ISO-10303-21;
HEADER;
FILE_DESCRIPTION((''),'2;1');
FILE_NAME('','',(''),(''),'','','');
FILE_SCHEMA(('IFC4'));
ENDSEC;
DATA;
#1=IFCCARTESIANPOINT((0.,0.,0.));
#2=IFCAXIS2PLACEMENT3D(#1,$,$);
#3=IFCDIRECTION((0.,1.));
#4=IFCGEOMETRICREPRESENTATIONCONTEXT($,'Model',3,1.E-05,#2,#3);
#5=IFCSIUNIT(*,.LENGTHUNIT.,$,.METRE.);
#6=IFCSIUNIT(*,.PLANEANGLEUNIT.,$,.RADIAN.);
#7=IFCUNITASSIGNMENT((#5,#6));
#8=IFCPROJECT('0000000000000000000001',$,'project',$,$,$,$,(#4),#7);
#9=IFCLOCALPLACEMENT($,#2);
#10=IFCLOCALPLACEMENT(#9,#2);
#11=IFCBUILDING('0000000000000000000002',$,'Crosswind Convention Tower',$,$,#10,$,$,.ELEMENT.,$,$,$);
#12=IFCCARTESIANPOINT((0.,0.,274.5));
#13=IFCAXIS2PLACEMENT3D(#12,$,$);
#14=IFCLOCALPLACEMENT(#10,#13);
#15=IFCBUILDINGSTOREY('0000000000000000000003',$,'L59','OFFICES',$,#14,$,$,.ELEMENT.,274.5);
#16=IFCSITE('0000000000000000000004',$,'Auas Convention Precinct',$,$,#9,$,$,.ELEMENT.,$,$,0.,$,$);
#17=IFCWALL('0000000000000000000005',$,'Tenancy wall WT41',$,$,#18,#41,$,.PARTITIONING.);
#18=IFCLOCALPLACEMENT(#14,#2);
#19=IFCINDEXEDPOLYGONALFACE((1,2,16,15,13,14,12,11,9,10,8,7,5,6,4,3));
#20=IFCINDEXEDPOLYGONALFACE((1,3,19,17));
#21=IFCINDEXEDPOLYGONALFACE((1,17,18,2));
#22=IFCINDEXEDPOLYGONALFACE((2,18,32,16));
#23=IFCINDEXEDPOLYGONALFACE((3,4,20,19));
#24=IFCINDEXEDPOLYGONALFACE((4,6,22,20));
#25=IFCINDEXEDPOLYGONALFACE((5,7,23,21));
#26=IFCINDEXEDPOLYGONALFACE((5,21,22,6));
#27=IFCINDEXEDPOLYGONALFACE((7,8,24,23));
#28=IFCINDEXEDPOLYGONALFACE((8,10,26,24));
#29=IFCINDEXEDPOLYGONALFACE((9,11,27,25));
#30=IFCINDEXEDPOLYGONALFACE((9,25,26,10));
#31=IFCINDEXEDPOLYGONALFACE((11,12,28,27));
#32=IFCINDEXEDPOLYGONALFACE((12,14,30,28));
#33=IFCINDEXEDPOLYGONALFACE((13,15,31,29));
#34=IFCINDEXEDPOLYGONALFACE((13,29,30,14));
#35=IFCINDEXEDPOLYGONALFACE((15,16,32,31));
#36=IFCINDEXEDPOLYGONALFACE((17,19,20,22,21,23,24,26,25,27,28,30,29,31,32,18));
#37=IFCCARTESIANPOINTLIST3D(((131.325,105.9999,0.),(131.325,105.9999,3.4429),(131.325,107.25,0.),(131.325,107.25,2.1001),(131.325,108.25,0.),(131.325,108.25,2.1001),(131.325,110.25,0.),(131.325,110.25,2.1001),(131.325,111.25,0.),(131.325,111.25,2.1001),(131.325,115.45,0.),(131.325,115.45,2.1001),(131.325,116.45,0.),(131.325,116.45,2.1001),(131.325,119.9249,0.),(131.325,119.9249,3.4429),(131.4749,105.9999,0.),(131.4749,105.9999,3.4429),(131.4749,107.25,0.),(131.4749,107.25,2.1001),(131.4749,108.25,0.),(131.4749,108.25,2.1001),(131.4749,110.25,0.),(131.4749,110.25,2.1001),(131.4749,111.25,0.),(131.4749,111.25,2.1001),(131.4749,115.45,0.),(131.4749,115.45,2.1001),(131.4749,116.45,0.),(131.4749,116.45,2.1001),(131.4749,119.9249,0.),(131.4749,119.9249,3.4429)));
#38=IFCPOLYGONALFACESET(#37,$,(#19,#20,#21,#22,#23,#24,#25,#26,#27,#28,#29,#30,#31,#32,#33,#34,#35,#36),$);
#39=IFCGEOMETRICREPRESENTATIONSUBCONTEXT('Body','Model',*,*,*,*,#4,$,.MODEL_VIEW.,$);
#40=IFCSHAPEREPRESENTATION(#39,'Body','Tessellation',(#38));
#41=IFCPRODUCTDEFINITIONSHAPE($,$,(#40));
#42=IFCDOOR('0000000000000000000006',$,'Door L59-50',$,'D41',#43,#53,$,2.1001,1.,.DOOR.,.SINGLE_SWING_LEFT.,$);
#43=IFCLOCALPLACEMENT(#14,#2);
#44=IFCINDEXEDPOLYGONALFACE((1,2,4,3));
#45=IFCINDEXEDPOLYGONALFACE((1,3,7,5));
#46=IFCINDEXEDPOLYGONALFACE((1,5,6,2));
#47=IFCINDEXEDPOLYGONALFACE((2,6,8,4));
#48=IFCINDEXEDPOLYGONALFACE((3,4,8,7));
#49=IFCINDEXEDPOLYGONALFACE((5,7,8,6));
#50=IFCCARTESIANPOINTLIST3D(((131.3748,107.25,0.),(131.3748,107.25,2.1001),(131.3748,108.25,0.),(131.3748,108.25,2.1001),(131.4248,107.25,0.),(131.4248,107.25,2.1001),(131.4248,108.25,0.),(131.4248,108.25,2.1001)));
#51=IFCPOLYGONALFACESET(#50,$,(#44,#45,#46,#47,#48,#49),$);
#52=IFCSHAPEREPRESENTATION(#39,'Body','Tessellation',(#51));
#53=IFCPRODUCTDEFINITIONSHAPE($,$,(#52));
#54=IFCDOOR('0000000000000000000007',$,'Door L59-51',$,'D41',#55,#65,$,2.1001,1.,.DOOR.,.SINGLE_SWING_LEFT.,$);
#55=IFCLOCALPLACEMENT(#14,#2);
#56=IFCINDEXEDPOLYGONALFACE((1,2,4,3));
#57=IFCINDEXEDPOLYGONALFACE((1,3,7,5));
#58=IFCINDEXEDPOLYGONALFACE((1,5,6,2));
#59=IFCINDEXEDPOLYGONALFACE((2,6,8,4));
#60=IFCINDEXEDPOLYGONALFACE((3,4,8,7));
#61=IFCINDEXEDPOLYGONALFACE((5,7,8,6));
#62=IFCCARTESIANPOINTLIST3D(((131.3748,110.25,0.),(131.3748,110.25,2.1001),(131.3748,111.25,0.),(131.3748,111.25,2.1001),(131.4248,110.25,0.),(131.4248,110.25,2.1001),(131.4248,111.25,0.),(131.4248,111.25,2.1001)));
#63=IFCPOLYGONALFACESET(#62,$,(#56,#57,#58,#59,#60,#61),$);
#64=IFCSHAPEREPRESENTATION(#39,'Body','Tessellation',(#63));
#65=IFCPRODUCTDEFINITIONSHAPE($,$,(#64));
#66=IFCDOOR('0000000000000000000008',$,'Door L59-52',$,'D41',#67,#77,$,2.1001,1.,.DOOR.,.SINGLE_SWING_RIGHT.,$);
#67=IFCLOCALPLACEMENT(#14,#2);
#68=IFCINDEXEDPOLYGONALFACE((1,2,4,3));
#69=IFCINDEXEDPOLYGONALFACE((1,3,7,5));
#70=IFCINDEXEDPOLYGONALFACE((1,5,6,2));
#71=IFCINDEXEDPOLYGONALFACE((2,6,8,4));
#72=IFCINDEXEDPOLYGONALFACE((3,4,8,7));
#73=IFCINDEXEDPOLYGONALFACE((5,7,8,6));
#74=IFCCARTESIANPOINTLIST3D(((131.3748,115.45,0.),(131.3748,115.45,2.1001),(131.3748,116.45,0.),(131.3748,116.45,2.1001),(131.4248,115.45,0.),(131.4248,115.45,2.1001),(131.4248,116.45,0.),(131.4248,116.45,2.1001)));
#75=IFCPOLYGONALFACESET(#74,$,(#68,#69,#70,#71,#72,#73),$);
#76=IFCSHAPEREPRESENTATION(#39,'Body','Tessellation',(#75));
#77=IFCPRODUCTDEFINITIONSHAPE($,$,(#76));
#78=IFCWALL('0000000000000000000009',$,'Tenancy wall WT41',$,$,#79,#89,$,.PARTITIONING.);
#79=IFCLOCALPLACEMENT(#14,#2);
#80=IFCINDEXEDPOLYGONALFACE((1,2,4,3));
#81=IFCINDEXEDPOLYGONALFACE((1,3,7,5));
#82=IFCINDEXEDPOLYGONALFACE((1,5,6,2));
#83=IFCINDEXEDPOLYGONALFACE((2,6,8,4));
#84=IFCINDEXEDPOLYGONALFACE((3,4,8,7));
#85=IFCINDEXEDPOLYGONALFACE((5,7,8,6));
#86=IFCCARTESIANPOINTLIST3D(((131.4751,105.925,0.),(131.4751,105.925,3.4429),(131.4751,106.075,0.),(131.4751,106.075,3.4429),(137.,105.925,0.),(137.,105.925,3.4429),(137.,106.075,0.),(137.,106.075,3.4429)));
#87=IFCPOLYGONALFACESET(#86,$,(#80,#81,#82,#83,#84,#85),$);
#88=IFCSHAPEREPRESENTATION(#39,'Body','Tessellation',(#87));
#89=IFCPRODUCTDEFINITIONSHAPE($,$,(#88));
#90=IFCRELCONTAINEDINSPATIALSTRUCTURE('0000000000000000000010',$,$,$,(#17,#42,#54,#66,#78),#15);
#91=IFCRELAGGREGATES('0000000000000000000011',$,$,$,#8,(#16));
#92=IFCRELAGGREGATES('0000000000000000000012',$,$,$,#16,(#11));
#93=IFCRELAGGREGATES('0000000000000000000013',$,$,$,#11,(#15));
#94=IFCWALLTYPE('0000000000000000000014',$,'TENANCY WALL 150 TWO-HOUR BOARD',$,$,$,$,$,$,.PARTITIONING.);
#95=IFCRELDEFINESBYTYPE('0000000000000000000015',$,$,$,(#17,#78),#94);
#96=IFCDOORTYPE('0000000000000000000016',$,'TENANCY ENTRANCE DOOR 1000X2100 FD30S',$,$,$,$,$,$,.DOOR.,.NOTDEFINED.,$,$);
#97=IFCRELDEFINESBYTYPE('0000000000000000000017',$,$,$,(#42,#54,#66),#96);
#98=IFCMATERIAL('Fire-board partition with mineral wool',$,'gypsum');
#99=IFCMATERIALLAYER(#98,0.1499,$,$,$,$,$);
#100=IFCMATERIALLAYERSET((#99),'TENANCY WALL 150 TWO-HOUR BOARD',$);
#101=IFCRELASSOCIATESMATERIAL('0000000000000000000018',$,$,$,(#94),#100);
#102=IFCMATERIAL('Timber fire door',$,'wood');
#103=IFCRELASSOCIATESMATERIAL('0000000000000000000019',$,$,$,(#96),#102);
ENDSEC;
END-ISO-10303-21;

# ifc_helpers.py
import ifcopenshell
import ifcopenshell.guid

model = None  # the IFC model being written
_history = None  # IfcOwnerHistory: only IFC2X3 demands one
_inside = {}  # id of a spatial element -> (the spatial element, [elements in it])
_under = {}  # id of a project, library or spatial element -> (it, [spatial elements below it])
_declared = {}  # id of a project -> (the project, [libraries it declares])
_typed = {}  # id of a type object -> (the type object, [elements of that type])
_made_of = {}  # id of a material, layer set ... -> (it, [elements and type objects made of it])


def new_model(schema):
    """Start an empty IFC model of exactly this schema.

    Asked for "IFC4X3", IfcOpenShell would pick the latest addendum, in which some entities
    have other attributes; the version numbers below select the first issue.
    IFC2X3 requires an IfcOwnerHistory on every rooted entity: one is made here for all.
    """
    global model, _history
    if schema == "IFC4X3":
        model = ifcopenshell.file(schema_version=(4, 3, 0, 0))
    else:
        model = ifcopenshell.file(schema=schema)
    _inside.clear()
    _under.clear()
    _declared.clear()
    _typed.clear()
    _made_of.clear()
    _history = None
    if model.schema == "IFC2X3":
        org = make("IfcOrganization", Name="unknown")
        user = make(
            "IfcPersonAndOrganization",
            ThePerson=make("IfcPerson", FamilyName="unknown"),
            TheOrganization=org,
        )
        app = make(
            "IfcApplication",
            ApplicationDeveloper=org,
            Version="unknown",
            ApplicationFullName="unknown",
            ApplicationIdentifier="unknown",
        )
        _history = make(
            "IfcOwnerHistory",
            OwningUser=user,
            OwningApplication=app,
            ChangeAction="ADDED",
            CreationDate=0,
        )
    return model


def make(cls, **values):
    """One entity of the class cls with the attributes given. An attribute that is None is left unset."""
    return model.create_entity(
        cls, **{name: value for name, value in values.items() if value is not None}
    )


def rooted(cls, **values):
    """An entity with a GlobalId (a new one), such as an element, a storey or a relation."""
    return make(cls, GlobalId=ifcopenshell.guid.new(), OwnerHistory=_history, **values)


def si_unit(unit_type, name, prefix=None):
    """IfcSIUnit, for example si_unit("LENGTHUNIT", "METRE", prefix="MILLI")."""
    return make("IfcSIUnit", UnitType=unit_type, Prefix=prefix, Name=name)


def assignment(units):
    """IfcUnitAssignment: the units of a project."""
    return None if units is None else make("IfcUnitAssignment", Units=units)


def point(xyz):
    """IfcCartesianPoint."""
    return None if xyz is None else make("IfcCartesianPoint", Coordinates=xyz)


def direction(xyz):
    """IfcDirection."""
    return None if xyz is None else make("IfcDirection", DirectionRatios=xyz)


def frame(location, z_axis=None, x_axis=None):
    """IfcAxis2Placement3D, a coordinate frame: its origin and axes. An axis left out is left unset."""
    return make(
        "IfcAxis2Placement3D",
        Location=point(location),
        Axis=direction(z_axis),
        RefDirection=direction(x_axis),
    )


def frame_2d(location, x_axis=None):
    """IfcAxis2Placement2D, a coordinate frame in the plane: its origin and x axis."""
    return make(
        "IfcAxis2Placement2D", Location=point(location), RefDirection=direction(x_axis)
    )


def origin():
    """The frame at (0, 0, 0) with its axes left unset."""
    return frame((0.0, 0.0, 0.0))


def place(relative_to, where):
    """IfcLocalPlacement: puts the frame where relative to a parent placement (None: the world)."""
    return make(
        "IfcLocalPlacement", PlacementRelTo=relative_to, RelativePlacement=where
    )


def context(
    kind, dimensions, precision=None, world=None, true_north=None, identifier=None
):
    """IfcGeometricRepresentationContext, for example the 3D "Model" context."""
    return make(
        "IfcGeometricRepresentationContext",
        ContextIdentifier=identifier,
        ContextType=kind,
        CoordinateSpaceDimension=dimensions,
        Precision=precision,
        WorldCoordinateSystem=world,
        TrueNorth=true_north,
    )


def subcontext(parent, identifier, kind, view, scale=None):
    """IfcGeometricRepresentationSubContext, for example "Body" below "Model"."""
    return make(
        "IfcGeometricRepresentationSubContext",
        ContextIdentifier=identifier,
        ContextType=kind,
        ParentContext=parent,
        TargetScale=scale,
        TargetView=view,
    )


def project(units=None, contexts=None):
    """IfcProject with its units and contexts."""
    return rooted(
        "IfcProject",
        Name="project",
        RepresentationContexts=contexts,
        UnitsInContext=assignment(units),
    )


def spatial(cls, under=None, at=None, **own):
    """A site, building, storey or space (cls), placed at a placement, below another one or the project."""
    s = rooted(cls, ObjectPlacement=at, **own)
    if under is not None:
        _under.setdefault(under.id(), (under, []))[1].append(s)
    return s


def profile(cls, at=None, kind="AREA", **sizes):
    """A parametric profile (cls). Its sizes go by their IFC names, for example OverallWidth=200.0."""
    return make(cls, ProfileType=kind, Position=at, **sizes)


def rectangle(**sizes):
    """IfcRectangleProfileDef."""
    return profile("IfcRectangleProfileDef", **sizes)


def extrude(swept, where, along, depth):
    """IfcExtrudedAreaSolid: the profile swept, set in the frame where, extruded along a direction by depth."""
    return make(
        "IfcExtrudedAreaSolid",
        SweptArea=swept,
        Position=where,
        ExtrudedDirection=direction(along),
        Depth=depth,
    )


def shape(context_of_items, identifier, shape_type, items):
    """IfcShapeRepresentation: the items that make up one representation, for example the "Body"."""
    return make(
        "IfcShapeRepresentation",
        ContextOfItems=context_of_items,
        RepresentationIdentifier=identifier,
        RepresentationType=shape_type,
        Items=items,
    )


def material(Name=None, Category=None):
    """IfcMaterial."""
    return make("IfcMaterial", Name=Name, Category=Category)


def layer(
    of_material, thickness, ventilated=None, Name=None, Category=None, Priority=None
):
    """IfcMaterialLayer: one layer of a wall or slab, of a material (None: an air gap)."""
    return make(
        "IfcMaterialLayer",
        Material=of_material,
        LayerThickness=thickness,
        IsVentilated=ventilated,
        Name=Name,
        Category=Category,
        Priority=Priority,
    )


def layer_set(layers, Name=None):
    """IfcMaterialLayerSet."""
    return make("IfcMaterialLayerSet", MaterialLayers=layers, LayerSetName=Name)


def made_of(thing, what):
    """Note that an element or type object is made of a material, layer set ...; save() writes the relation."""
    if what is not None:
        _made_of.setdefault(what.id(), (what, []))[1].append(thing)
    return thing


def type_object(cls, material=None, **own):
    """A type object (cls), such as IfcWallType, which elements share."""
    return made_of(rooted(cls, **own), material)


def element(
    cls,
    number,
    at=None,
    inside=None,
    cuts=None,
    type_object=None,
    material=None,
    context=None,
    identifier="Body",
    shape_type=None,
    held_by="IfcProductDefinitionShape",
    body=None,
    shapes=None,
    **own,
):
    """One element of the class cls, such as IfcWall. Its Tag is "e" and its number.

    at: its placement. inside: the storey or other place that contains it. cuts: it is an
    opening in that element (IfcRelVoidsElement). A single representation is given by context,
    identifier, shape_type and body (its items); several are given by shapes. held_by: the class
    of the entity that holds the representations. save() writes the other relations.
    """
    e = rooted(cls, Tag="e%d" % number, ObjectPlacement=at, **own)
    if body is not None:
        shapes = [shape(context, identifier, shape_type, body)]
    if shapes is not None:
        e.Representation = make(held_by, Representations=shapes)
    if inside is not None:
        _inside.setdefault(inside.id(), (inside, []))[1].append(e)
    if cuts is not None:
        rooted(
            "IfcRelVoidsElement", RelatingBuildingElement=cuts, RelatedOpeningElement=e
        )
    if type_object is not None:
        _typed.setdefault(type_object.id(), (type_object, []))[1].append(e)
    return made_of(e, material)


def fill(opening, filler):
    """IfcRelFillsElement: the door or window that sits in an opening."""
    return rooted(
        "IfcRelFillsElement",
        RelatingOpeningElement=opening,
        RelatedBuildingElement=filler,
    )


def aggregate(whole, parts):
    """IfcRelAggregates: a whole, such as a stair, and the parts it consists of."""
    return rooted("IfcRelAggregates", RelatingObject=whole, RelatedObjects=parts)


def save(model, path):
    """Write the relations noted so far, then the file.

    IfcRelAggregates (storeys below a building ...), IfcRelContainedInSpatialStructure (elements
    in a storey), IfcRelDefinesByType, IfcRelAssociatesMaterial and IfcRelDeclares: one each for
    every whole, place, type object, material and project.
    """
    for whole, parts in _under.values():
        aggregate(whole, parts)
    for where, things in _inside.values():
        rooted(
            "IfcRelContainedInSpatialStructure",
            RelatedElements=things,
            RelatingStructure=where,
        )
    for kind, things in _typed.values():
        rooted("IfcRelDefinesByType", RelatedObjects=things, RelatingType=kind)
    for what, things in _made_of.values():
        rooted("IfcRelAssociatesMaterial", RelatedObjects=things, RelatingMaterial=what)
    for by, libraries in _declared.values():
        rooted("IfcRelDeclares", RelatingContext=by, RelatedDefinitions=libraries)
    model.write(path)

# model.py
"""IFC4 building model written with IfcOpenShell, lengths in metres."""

from ifc_helpers import new_model, si_unit, direction, frame, frame_2d, origin, place, context, subcontext, project, spatial, rectangle, extrude, material, layer, layer_set, type_object, element, fill, save


model = new_model("IFC4")

# Units and contexts
model_context = context("Model", 3, precision=1e-05, world=origin(), true_north=direction((0.0, 1.0)))
body_context = subcontext(model_context, "Body", "Model", "MODEL_VIEW")
ifc_project = project(units=[si_unit("LENGTHUNIT", "METRE"), si_unit("PLANEANGLEUNIT", "RADIAN")], contexts=[model_context])

# Site, building, storey
site_placement = place(None, origin())
site = spatial("IfcSite", under=ifc_project, at=site_placement, Name="Auas Convention Precinct", CompositionType="ELEMENT", RefElevation=0.0)
building_placement = place(site_placement, origin())
building = spatial("IfcBuilding", under=site, at=building_placement, Name="Crosswind Convention Tower", CompositionType="ELEMENT")
storey_placement = place(building_placement, frame((0.0, 0.0, 274.5)))
storey = spatial("IfcBuildingStorey", under=building, at=storey_placement, Name="L59", Description="OFFICES", CompositionType="ELEMENT", Elevation=274.5)

# Shared definitions
ifc_material_1 = material(Name="Fire-board partition with mineral wool", Category="gypsum")
ifc_layer_1 = layer(ifc_material_1, 0.1499)
ifc_layer_set_1 = layer_set([ifc_layer_1], Name="TENANCY WALL 150 TWO-HOUR BOARD")
wall_type_1 = type_object("IfcWallType", Name="TENANCY WALL 150 TWO-HOUR BOARD", PredefinedType="PARTITIONING", material=ifc_layer_set_1)

# Wall, openings, doors
wall_1_placement = place(storey_placement, frame((131.3999, 106.0, 0.0), z_axis=(0.0, 0.0, 1.0), x_axis=(0.0, 1.0, 0.0)))
wall_1 = element("IfcWall", 1, at=wall_1_placement, inside=storey, type_object=wall_type_1, Name="Tenancy wall WT41", PredefinedType="PARTITIONING", context=body_context, shape_type="SweptSolid", body=[
    extrude(rectangle(XDim=13.925, YDim=0.1499, at=frame_2d((6.9624, 0.0))), origin(), (0.0, 0.0, 1.0), 3.4429),
])
opening_1_placement = place(wall_1_placement, frame((1.25, 0.0, 0.0)))
opening_1 = element("IfcOpeningElement", 2, at=opening_1_placement, cuts=wall_1, PredefinedType="OPENING", context=body_context, shape_type="SweptSolid", body=[
    extrude(rectangle(XDim=1.0, YDim=2.1001, at=frame_2d((0.5, 1.05))), frame((0.0, 0.085, 0.0), z_axis=(0.0, -1.0, 0.0), x_axis=(1.0, 0.0, 0.0)), (0.0, 0.0, 1.0), 0.1699),
])
opening_2_placement = place(wall_1_placement, frame((4.25, 0.0, 0.0)))
opening_2 = element("IfcOpeningElement", 3, at=opening_2_placement, cuts=wall_1, PredefinedType="OPENING", context=body_context, shape_type="SweptSolid", body=[
    extrude(rectangle(XDim=1.0, YDim=2.1001, at=frame_2d((0.5, 1.05))), frame((0.0, 0.085, 0.0), z_axis=(0.0, -1.0, 0.0), x_axis=(1.0, 0.0, 0.0)), (0.0, 0.0, 1.0), 0.1699),
])
opening_3_placement = place(wall_1_placement, frame((9.45, 0.0, 0.0)))
opening_3 = element("IfcOpeningElement", 4, at=opening_3_placement, cuts=wall_1, PredefinedType="OPENING", context=body_context, shape_type="SweptSolid", body=[
    extrude(rectangle(XDim=1.0, YDim=2.1001, at=frame_2d((0.5, 1.05))), frame((0.0, 0.085, 0.0), z_axis=(0.0, -1.0, 0.0), x_axis=(1.0, 0.0, 0.0)), (0.0, 0.0, 1.0), 0.1699),
])
ifc_material_2 = material(Name="Timber fire door", Category="wood")
door_type = type_object("IfcDoorType", Name="TENANCY ENTRANCE DOOR 1000X2100 FD30S", OperationType="NOTDEFINED", PredefinedType="DOOR", material=ifc_material_2)
door_1_placement = place(opening_1_placement, frame((1.0, 0.0, 0.0), z_axis=(0.0, 0.0, 1.0), x_axis=(-1.0, 0.0, 0.0)))
door_1 = element("IfcDoor", 5, at=door_1_placement, inside=storey, type_object=door_type, Name="Door L59-50", ObjectType="D41", OperationType="SINGLE_SWING_LEFT", OverallHeight=2.1001, OverallWidth=1.0, PredefinedType="DOOR", context=body_context, shape_type="SweptSolid", body=[
    extrude(rectangle(XDim=1.0, YDim=2.1001, at=frame_2d((0.5, 1.05))), frame((0.0, 0.0249, 0.0), z_axis=(0.0, -1.0, 0.0), x_axis=(1.0, 0.0, 0.0)), (0.0, 0.0, 1.0), 0.05),
])
fill(opening_1, door_1)
door_2_placement = place(opening_2_placement, frame((1.0, 0.0, 0.0), z_axis=(0.0, 0.0, 1.0), x_axis=(-1.0, 0.0, 0.0)))
door_2 = element("IfcDoor", 6, at=door_2_placement, inside=storey, type_object=door_type, Name="Door L59-51", ObjectType="D41", OperationType="SINGLE_SWING_LEFT", OverallHeight=2.1001, OverallWidth=1.0, PredefinedType="DOOR", context=body_context, shape_type="SweptSolid", body=[
    extrude(rectangle(XDim=1.0, YDim=2.1001, at=frame_2d((0.5, 1.05))), frame((0.0, 0.0249, 0.0), z_axis=(0.0, -1.0, 0.0), x_axis=(1.0, 0.0, 0.0)), (0.0, 0.0, 1.0), 0.05),
])
fill(opening_2, door_2)
door_3_placement = place(opening_3_placement, frame((1.0, 0.0, 0.0), z_axis=(0.0, 0.0, 1.0), x_axis=(-1.0, 0.0, 0.0)))
door_3 = element("IfcDoor", 7, at=door_3_placement, inside=storey, type_object=door_type, Name="Door L59-52", ObjectType="D41", OperationType="SINGLE_SWING_RIGHT", OverallHeight=2.1001, OverallWidth=1.0, PredefinedType="DOOR", context=body_context, shape_type="SweptSolid", body=[
    extrude(rectangle(XDim=1.0, YDim=2.1001, at=frame_2d((0.5, 1.05))), frame((0.0, 0.0249, 0.0), z_axis=(0.0, -1.0, 0.0), x_axis=(1.0, 0.0, 0.0)), (0.0, 0.0, 1.0), 0.05),
])
fill(opening_3, door_3)

# Wall
wall_2_placement = place(storey_placement, frame((131.4751, 106.0, 0.0), z_axis=(0.0, 0.0, 1.0), x_axis=(1.0, 0.0, 0.0)))
element("IfcWall", 8, at=wall_2_placement, inside=storey, type_object=wall_type_1, Name="Tenancy wall WT41", PredefinedType="PARTITIONING", context=body_context, shape_type="SweptSolid", body=[
    extrude(rectangle(XDim=5.5249, YDim=0.1499, at=frame_2d((2.7625, 0.0))), origin(), (0.0, 0.0, 1.0), 3.4429),
])

save(model, "model.ifc")
